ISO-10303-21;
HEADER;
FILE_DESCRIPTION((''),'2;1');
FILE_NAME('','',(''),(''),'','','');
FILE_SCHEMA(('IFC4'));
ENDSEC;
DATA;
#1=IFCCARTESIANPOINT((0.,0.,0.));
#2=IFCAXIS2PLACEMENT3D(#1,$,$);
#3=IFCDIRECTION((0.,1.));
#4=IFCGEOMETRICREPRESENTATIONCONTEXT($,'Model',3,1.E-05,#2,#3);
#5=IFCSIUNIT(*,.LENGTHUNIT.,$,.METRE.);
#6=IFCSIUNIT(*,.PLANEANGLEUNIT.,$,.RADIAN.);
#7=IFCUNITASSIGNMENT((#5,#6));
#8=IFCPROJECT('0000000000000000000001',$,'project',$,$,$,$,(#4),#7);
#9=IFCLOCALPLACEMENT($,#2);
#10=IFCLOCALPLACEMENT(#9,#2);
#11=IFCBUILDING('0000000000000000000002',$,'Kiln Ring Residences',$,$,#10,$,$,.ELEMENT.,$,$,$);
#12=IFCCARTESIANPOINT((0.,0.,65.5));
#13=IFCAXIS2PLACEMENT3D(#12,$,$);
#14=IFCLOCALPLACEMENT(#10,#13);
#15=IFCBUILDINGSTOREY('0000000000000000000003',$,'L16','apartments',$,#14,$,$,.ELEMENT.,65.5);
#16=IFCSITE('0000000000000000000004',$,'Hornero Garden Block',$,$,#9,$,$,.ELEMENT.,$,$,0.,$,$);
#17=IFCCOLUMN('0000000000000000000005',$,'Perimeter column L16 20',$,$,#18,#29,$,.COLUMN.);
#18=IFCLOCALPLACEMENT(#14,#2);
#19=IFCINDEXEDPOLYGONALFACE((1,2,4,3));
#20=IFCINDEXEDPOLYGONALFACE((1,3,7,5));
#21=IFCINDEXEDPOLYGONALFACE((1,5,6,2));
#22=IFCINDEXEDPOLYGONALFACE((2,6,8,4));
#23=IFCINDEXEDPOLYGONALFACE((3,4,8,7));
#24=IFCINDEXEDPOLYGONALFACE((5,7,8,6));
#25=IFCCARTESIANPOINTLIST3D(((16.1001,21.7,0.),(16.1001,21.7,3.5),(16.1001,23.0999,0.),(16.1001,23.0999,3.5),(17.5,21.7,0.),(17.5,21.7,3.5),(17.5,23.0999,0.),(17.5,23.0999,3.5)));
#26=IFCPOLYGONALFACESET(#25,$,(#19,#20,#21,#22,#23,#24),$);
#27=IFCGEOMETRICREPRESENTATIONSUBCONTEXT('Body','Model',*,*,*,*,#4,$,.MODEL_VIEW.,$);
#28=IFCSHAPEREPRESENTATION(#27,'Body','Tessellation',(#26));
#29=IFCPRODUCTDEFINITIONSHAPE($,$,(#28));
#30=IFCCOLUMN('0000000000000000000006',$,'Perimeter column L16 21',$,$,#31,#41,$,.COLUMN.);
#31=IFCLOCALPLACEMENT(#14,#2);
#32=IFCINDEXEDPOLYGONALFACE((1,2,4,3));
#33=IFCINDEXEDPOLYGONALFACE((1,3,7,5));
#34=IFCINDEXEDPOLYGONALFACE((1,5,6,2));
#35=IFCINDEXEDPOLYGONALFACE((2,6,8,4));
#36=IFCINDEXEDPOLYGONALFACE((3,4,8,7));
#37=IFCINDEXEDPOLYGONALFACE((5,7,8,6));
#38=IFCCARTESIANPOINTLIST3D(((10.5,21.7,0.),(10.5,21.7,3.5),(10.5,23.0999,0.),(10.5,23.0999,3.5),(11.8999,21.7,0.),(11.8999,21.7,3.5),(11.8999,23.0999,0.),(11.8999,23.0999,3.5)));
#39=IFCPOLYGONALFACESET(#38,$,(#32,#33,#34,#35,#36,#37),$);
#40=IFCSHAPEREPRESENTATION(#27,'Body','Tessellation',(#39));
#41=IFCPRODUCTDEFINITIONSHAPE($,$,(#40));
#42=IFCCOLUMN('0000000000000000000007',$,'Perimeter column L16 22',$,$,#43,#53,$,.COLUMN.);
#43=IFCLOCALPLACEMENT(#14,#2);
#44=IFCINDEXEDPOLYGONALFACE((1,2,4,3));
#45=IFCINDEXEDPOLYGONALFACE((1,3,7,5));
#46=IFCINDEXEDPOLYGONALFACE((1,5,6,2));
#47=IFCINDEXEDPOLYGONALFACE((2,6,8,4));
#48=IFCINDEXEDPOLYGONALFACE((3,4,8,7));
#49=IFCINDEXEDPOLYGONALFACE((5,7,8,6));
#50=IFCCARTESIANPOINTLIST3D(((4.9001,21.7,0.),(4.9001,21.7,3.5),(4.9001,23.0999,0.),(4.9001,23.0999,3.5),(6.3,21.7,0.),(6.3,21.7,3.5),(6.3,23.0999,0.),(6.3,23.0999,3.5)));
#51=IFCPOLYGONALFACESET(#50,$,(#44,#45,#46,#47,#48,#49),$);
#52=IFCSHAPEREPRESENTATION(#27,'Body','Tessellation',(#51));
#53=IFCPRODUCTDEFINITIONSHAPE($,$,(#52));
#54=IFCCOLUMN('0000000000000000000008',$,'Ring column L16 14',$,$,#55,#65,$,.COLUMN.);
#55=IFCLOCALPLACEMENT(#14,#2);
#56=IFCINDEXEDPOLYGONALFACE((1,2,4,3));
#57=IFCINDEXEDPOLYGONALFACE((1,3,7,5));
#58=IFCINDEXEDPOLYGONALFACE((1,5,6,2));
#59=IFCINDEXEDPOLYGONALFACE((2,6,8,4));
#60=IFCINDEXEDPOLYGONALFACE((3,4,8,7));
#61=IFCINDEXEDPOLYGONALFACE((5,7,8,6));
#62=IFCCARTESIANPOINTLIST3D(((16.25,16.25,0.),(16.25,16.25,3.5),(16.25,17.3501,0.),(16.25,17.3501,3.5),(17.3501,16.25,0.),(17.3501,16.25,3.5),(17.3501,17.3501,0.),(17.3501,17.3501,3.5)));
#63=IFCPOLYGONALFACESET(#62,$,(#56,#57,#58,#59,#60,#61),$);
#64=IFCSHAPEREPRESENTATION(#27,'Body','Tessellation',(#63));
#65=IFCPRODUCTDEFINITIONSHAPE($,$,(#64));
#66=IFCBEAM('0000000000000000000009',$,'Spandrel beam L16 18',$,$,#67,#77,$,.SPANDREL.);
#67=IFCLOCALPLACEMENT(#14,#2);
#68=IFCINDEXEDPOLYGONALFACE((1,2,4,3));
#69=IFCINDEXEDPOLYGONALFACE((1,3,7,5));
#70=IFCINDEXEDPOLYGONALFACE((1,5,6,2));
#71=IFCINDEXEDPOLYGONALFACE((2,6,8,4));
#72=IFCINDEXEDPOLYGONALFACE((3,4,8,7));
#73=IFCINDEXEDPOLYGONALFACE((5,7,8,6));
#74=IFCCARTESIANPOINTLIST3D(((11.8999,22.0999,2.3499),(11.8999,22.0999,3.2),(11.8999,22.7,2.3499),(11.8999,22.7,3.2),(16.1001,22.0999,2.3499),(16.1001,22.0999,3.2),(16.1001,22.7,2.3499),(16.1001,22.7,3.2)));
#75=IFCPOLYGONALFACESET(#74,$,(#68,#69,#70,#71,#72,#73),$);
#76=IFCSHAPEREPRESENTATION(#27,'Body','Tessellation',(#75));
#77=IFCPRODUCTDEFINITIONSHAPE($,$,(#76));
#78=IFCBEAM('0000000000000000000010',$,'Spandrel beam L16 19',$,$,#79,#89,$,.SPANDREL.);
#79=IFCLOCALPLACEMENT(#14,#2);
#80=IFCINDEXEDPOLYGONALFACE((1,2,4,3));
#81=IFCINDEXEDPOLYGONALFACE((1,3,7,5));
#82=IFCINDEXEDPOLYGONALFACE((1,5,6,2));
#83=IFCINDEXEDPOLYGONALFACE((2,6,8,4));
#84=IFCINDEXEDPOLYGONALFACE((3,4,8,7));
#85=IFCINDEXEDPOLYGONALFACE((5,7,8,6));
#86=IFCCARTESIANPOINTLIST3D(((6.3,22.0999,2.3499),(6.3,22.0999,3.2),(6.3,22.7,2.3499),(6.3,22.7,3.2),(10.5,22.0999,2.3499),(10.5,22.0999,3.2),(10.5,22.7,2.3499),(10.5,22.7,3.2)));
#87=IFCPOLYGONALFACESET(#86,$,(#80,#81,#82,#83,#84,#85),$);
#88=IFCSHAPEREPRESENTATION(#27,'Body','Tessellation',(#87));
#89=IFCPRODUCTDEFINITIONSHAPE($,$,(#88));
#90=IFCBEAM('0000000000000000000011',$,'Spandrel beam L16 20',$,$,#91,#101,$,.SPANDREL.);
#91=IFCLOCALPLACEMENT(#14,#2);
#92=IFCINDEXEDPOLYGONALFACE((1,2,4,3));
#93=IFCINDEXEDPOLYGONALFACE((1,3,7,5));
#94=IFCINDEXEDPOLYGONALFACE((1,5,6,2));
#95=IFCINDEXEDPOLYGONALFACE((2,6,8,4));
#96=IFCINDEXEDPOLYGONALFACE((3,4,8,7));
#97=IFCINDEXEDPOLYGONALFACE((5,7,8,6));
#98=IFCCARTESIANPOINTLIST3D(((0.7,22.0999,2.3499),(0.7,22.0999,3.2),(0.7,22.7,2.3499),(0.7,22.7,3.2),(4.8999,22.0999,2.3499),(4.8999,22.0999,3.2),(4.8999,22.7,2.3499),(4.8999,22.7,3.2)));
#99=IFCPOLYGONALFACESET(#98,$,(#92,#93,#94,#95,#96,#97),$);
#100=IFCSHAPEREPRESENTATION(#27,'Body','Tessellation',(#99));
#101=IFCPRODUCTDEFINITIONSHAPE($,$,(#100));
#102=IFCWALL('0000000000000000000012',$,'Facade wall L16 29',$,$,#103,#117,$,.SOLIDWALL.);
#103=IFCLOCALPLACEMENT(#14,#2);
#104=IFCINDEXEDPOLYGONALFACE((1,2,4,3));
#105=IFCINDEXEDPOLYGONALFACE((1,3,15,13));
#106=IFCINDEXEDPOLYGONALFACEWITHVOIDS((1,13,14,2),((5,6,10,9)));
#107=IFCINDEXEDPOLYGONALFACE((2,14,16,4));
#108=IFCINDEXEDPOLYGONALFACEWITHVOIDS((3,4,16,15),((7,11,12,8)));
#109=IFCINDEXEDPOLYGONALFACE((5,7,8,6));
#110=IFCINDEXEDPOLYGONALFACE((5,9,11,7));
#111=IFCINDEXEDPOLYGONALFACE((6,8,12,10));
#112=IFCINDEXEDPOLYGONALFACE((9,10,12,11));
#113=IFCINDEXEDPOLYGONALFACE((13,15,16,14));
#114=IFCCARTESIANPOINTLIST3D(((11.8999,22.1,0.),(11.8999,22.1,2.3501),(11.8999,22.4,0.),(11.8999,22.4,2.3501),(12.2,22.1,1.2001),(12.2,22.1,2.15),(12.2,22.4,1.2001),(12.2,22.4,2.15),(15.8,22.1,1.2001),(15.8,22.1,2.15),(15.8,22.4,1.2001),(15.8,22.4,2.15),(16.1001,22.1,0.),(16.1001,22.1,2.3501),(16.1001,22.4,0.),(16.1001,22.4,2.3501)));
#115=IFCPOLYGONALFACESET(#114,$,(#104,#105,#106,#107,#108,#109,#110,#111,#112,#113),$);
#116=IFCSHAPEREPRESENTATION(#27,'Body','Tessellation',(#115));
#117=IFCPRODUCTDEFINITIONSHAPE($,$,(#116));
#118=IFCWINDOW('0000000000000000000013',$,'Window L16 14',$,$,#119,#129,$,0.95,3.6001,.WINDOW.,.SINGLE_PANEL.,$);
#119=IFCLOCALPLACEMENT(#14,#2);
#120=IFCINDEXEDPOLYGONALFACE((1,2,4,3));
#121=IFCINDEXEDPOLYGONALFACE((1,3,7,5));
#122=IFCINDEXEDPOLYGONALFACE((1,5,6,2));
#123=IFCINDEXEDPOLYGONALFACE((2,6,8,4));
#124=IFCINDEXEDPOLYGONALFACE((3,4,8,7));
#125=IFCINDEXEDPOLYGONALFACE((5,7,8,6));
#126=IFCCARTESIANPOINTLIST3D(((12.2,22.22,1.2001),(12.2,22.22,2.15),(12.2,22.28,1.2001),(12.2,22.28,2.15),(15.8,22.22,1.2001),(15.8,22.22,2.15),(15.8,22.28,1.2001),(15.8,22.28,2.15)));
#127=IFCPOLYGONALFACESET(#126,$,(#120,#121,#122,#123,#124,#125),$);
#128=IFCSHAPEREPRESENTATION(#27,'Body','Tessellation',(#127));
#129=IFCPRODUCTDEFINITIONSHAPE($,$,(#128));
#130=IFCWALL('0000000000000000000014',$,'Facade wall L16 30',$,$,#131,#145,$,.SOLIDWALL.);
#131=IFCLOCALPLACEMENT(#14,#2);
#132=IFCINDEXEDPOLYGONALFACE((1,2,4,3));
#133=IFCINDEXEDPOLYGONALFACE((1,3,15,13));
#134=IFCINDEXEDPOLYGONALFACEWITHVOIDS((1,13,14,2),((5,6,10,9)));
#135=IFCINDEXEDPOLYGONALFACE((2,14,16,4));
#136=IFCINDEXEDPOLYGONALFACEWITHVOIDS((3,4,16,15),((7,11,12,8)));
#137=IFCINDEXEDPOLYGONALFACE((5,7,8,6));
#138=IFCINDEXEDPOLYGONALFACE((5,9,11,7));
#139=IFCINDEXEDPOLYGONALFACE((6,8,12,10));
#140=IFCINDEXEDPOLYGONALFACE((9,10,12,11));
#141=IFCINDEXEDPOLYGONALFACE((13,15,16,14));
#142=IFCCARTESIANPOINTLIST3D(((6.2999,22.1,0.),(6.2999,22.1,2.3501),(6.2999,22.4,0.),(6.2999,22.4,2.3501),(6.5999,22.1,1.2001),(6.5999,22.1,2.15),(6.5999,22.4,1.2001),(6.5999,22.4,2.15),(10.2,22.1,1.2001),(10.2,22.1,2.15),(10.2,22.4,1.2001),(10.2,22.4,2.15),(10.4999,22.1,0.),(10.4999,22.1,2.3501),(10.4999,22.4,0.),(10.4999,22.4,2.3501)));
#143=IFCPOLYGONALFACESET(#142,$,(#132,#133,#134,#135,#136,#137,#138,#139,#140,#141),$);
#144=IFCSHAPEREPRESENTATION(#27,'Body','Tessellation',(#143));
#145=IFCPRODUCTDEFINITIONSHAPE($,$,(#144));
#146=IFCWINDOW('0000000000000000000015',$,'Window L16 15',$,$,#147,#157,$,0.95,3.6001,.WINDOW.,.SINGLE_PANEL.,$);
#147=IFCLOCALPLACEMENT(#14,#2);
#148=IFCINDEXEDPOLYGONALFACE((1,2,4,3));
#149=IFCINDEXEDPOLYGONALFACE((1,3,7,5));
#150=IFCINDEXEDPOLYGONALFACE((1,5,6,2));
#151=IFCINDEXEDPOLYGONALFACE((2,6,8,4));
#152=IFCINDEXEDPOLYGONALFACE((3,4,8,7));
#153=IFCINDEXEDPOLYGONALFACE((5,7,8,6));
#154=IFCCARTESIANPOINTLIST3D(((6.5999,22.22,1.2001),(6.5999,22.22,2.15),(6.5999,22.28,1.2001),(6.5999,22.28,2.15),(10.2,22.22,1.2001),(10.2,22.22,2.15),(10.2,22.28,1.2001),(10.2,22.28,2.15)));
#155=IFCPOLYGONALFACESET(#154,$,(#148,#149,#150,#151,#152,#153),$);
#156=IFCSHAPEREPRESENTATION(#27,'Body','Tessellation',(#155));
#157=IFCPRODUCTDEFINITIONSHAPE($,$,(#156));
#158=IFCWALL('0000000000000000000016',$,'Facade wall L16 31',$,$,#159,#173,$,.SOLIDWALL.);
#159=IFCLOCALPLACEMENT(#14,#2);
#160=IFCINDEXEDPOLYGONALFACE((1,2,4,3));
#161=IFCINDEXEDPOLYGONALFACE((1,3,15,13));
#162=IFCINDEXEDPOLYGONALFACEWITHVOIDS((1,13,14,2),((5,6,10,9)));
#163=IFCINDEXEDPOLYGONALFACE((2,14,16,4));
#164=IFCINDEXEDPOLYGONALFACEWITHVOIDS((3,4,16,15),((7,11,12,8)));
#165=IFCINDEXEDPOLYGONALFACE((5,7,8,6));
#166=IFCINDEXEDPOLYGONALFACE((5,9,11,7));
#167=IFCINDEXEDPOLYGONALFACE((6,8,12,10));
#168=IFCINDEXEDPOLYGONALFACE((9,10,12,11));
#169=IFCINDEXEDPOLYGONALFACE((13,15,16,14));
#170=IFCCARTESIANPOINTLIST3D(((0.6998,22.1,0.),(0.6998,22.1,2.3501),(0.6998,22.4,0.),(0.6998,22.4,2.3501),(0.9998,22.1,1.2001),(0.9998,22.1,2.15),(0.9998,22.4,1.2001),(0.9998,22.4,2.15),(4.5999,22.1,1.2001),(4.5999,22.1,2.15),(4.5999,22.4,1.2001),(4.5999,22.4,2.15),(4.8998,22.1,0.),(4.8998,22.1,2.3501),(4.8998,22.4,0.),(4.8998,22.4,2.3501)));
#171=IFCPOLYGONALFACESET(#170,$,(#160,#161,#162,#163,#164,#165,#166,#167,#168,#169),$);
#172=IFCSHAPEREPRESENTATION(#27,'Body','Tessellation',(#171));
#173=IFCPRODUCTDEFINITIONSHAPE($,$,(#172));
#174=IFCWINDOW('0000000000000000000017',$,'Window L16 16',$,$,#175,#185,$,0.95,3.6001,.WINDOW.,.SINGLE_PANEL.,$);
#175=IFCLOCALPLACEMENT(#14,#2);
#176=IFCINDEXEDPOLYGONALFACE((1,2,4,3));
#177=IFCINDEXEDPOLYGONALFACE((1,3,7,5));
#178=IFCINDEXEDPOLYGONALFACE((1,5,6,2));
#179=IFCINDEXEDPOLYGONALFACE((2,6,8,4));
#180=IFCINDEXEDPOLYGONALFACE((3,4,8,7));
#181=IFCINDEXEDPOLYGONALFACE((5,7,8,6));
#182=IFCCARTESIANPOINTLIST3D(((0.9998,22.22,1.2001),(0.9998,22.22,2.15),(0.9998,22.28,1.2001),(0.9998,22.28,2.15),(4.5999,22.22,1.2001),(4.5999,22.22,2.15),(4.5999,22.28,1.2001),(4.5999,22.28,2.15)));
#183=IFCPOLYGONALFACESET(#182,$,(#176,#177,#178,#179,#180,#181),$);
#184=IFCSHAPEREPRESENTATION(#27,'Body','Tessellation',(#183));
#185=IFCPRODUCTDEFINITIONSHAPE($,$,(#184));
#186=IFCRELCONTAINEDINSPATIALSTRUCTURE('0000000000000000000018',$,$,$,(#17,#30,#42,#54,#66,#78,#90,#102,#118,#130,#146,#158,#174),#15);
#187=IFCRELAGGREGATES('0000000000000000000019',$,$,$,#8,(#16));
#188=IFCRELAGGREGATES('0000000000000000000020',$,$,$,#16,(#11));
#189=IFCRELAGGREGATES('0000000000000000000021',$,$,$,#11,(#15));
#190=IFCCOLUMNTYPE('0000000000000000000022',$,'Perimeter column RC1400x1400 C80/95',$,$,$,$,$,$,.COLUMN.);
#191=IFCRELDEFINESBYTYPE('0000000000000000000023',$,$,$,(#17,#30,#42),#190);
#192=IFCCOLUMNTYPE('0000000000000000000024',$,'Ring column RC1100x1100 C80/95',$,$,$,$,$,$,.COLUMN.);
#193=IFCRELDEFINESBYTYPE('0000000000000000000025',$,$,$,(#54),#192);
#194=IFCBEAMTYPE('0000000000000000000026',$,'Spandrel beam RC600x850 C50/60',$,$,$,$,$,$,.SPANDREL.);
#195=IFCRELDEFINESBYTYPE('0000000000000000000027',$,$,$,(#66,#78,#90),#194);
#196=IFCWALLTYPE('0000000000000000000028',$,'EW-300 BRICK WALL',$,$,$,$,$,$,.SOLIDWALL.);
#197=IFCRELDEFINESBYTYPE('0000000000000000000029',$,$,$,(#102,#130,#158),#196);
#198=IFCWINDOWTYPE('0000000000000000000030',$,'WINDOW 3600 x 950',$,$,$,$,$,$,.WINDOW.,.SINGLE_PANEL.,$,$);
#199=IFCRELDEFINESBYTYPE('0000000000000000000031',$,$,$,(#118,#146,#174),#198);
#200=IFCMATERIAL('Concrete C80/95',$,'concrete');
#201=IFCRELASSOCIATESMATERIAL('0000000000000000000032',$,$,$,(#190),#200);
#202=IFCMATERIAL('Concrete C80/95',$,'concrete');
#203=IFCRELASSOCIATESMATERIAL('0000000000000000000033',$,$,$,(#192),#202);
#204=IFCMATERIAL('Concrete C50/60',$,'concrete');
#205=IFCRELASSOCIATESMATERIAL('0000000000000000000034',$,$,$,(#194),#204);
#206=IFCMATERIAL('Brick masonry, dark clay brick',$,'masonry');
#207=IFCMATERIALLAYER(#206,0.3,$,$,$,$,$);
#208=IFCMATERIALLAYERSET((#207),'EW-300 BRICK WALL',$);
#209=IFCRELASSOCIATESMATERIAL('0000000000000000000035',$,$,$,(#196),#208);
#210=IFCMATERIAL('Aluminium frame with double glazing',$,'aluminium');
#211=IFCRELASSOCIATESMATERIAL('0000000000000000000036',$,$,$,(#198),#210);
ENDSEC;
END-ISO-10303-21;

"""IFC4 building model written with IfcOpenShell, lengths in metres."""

from ifc_helpers import new_model, si_unit, direction, frame, frame_2d, origin, origin_2d, place, context, subcontext, project, spatial, rectangle, extrude, material, layer, layer_set, material_profile, profile_set, type_object, element, fill, save


model = new_model("IFC4")

# Units and contexts
model_context = context("Model", 3, precision=1e-05, world=origin(), true_north=direction((0.0, 1.0)))
body_context = subcontext(model_context, "Body", "Model", "MODEL_VIEW")
ifc_project = project(units=[si_unit("LENGTHUNIT", "METRE"), si_unit("PLANEANGLEUNIT", "RADIAN")], contexts=[model_context])

# Site, building, storey
site_placement = place(None, origin())
site = spatial("IfcSite", under=ifc_project, at=site_placement, Name="Hornero Garden Block", CompositionType="ELEMENT", RefElevation=0.0)
building_placement = place(site_placement, origin())
building = spatial("IfcBuilding", under=site, at=building_placement, Name="Kiln Ring Residences", CompositionType="ELEMENT")
storey_placement = place(building_placement, frame((0.0, 0.0, 65.5)))
storey = spatial("IfcBuildingStorey", under=building, at=storey_placement, Name="L16", Description="apartments", CompositionType="ELEMENT", Elevation=65.5)

# Columns
ifc_material_1 = material(Name="Concrete C80/95", Category="concrete")
ifc_material_profile_1 = material_profile(ifc_material_1, rectangle(XDim=1.3999, YDim=1.3999, at=origin_2d()), Name="RC1400x1400")
ifc_profile_set_1 = profile_set([ifc_material_profile_1], Name="Concrete C80/95")
column_type_1 = type_object("IfcColumnType", Name="Perimeter column RC1400x1400 C80/95", PredefinedType="COLUMN", material=ifc_profile_set_1)
for number, where, z_axis, x_axis, name in (
    (1, (16.8, 22.3999, 0.0), (0.0, 0.0, 1.0), (1.0, 0.0, 0.0), "Perimeter column L16 20"),
    (2, (11.2, 22.3999, 0.0), (0.0, 0.0, 1.0), (1.0, 0.0, 0.0), "Perimeter column L16 21"),
    (3, (5.6001, 22.3999, 0.0), (0.0, 0.0, 1.0), (1.0, 0.0, 0.0), "Perimeter column L16 22"),
):
    element("IfcColumn", number, at=place(storey_placement, frame(where, z_axis=z_axis, x_axis=x_axis)), inside=storey, type_object=column_type_1, Name=name, PredefinedType="COLUMN", context=body_context, shape_type="SweptSolid", body=[
        extrude(rectangle(XDim=1.3999, YDim=1.3999, at=origin_2d()), origin(), (0.0, 0.0, 1.0), 3.5),
    ])
ifc_material_2 = material(Name="Concrete C80/95", Category="concrete")
ifc_material_profile_2 = material_profile(ifc_material_2, rectangle(XDim=1.1001, YDim=1.1001, at=origin_2d()), Name="RC1100x1100")
ifc_profile_set_2 = profile_set([ifc_material_profile_2], Name="Concrete C80/95")
column_type_2 = type_object("IfcColumnType", Name="Ring column RC1100x1100 C80/95", PredefinedType="COLUMN", material=ifc_profile_set_2)
column_placement = place(storey_placement, frame((16.8, 16.8, 0.0), z_axis=(0.0, 0.0, 1.0), x_axis=(1.0, 0.0, 0.0)))
element("IfcColumn", 4, at=column_placement, inside=storey, type_object=column_type_2, Name="Ring column L16 14", PredefinedType="COLUMN", context=body_context, shape_type="SweptSolid", body=[
    extrude(rectangle(XDim=1.1001, YDim=1.1001, at=origin_2d()), origin(), (0.0, 0.0, 1.0), 3.5),
])

# Beams
ifc_material_3 = material(Name="Concrete C50/60", Category="concrete")
ifc_material_profile_3 = material_profile(ifc_material_3, rectangle(XDim=0.6001, YDim=0.8501, at=origin_2d()), Name="RC600x850")
ifc_profile_set_3 = profile_set([ifc_material_profile_3], Name="Concrete C50/60")
beam_type = type_object("IfcBeamType", Name="Spandrel beam RC600x850 C50/60", PredefinedType="SPANDREL", material=ifc_profile_set_3)
beam_placement = place(storey_placement, frame((16.1001, 22.3999, 2.7749), z_axis=(-1.0, 0.0, 0.0), x_axis=(0.0, -1.0, 0.0)))
element("IfcBeam", 5, at=beam_placement, inside=storey, type_object=beam_type, Name="Spandrel beam L16 18", PredefinedType="SPANDREL", context=body_context, shape_type="SweptSolid", body=[
    extrude(rectangle(XDim=0.6001, YDim=0.8501, at=origin_2d()), origin(), (0.0, 0.0, 1.0), 4.2002),
])
for number, where, z_axis, x_axis, name in (
    (6, (10.5, 22.3999, 2.7749), (-1.0, 0.0, 0.0), (0.0, -1.0, 0.0), "Spandrel beam L16 19"),
    (7, (4.8999, 22.3999, 2.7749), (-1.0, 0.0, 0.0), (0.0, -1.0, 0.0), "Spandrel beam L16 20"),
):
    element("IfcBeam", number, at=place(storey_placement, frame(where, z_axis=z_axis, x_axis=x_axis)), inside=storey, type_object=beam_type, Name=name, PredefinedType="SPANDREL", context=body_context, shape_type="SweptSolid", body=[
        extrude(rectangle(XDim=0.6001, YDim=0.8501, at=origin_2d()), origin(), (0.0, 0.0, 1.0), 4.2),
    ])

# Walls, openings, windows
ifc_material_4 = material(Name="Brick masonry, dark clay brick", Category="masonry")
ifc_layer_1 = layer(ifc_material_4, 0.3)
ifc_layer_set_1 = layer_set([ifc_layer_1], Name="EW-300 BRICK WALL")
wall_type_1 = type_object("IfcWallType", Name="EW-300 BRICK WALL", PredefinedType="SOLIDWALL", material=ifc_layer_set_1)
wall_1_placement = place(storey_placement, frame((16.1001, 22.25, 0.0), z_axis=(0.0, 0.0, 1.0), x_axis=(-1.0, 0.0, 0.0)))
wall_1 = element("IfcWall", 8, at=wall_1_placement, inside=storey, type_object=wall_type_1, Name="Facade wall L16 29", PredefinedType="SOLIDWALL", context=body_context, shape_type="SweptSolid", body=[
    extrude(rectangle(XDim=4.2002, YDim=0.3, at=frame_2d((2.1001, 0.0))), origin(), (0.0, 0.0, 1.0), 2.3501),
])
opening_1_placement = place(wall_1_placement, frame((0.3, 0.0, 1.2)))
opening_1 = element("IfcOpeningElement", 9, at=opening_1_placement, cuts=wall_1, PredefinedType="OPENING", context=body_context, shape_type="SweptSolid", body=[
    extrude(rectangle(XDim=3.6001, YDim=0.95, at=frame_2d((1.8, 0.4751))), frame((0.0, 0.1599, 0.0), z_axis=(0.0, -1.0, 0.0), x_axis=(1.0, 0.0, 0.0)), (0.0, 0.0, 1.0), 0.3201),
])
ifc_material_5 = material(Name="Aluminium frame with double glazing", Category="aluminium")
window_type = type_object("IfcWindowType", Name="WINDOW 3600 x 950", PartitioningType="SINGLE_PANEL", PredefinedType="WINDOW", material=ifc_material_5)
window_1_placement = place(opening_1_placement, origin())
window_1 = element("IfcWindow", 10, at=window_1_placement, inside=storey, type_object=window_type, Name="Window L16 14", OverallHeight=0.95, OverallWidth=3.6001, PartitioningType="SINGLE_PANEL", PredefinedType="WINDOW", context=body_context, shape_type="SweptSolid", body=[
    extrude(rectangle(XDim=3.6001, YDim=0.95, at=frame_2d((1.8, 0.4751))), frame((0.0, 0.03, 0.0), z_axis=(0.0, -1.0, 0.0), x_axis=(1.0, 0.0, 0.0)), (0.0, 0.0, 1.0), 0.0601),
])
fill(opening_1, window_1)
wall_2_placement = place(storey_placement, frame((10.5, 22.25, 0.0), z_axis=(0.0, 0.0, 1.0), x_axis=(-1.0, 0.0, 0.0)))
wall_2 = element("IfcWall", 11, at=wall_2_placement, inside=storey, type_object=wall_type_1, Name="Facade wall L16 30", PredefinedType="SOLIDWALL", context=body_context, shape_type="SweptSolid", body=[
    extrude(rectangle(XDim=4.2, YDim=0.3, at=frame_2d((2.1001, 0.0))), origin(), (0.0, 0.0, 1.0), 2.3501),
])
opening_2_placement = place(wall_2_placement, frame((0.3, 0.0, 1.2)))
opening_2 = element("IfcOpeningElement", 12, at=opening_2_placement, cuts=wall_2, PredefinedType="OPENING", context=body_context, shape_type="SweptSolid", body=[
    extrude(rectangle(XDim=3.6001, YDim=0.95, at=frame_2d((1.8, 0.4751))), frame((0.0, 0.1599, 0.0), z_axis=(0.0, -1.0, 0.0), x_axis=(1.0, 0.0, 0.0)), (0.0, 0.0, 1.0), 0.3201),
])
window_2_placement = place(opening_2_placement, origin())
window_2 = element("IfcWindow", 13, at=window_2_placement, inside=storey, type_object=window_type, Name="Window L16 15", OverallHeight=0.95, OverallWidth=3.6001, PartitioningType="SINGLE_PANEL", PredefinedType="WINDOW", context=body_context, shape_type="SweptSolid", body=[
    extrude(rectangle(XDim=3.6001, YDim=0.95, at=frame_2d((1.8, 0.4751))), frame((0.0, 0.03, 0.0), z_axis=(0.0, -1.0, 0.0), x_axis=(1.0, 0.0, 0.0)), (0.0, 0.0, 1.0), 0.0601),
])
fill(opening_2, window_2)
wall_3_placement = place(storey_placement, frame((4.8999, 22.25, 0.0), z_axis=(0.0, 0.0, 1.0), x_axis=(-1.0, 0.0, 0.0)))
wall_3 = element("IfcWall", 14, at=wall_3_placement, inside=storey, type_object=wall_type_1, Name="Facade wall L16 31", PredefinedType="SOLIDWALL", context=body_context, shape_type="SweptSolid", body=[
    extrude(rectangle(XDim=4.2, YDim=0.3, at=frame_2d((2.1001, 0.0))), origin(), (0.0, 0.0, 1.0), 2.3501),
])
opening_3_placement = place(wall_3_placement, frame((0.3, 0.0, 1.2)))
opening_3 = element("IfcOpeningElement", 15, at=opening_3_placement, cuts=wall_3, PredefinedType="OPENING", context=body_context, shape_type="SweptSolid", body=[
    extrude(rectangle(XDim=3.6001, YDim=0.95, at=frame_2d((1.8, 0.4751))), frame((0.0, 0.1599, 0.0), z_axis=(0.0, -1.0, 0.0), x_axis=(1.0, 0.0, 0.0)), (0.0, 0.0, 1.0), 0.3201),
])
window_3_placement = place(opening_3_placement, origin())
window_3 = element("IfcWindow", 16, at=window_3_placement, inside=storey, type_object=window_type, Name="Window L16 16", OverallHeight=0.95, OverallWidth=3.6001, PartitioningType="SINGLE_PANEL", PredefinedType="WINDOW", context=body_context, shape_type="SweptSolid", body=[
    extrude(rectangle(XDim=3.6001, YDim=0.95, at=frame_2d((1.8, 0.4751))), frame((0.0, 0.03, 0.0), z_axis=(0.0, -1.0, 0.0), x_axis=(1.0, 0.0, 0.0)), (0.0, 0.0, 1.0), 0.0601),
])
fill(opening_3, window_3)

save(model, "model.ifc")
